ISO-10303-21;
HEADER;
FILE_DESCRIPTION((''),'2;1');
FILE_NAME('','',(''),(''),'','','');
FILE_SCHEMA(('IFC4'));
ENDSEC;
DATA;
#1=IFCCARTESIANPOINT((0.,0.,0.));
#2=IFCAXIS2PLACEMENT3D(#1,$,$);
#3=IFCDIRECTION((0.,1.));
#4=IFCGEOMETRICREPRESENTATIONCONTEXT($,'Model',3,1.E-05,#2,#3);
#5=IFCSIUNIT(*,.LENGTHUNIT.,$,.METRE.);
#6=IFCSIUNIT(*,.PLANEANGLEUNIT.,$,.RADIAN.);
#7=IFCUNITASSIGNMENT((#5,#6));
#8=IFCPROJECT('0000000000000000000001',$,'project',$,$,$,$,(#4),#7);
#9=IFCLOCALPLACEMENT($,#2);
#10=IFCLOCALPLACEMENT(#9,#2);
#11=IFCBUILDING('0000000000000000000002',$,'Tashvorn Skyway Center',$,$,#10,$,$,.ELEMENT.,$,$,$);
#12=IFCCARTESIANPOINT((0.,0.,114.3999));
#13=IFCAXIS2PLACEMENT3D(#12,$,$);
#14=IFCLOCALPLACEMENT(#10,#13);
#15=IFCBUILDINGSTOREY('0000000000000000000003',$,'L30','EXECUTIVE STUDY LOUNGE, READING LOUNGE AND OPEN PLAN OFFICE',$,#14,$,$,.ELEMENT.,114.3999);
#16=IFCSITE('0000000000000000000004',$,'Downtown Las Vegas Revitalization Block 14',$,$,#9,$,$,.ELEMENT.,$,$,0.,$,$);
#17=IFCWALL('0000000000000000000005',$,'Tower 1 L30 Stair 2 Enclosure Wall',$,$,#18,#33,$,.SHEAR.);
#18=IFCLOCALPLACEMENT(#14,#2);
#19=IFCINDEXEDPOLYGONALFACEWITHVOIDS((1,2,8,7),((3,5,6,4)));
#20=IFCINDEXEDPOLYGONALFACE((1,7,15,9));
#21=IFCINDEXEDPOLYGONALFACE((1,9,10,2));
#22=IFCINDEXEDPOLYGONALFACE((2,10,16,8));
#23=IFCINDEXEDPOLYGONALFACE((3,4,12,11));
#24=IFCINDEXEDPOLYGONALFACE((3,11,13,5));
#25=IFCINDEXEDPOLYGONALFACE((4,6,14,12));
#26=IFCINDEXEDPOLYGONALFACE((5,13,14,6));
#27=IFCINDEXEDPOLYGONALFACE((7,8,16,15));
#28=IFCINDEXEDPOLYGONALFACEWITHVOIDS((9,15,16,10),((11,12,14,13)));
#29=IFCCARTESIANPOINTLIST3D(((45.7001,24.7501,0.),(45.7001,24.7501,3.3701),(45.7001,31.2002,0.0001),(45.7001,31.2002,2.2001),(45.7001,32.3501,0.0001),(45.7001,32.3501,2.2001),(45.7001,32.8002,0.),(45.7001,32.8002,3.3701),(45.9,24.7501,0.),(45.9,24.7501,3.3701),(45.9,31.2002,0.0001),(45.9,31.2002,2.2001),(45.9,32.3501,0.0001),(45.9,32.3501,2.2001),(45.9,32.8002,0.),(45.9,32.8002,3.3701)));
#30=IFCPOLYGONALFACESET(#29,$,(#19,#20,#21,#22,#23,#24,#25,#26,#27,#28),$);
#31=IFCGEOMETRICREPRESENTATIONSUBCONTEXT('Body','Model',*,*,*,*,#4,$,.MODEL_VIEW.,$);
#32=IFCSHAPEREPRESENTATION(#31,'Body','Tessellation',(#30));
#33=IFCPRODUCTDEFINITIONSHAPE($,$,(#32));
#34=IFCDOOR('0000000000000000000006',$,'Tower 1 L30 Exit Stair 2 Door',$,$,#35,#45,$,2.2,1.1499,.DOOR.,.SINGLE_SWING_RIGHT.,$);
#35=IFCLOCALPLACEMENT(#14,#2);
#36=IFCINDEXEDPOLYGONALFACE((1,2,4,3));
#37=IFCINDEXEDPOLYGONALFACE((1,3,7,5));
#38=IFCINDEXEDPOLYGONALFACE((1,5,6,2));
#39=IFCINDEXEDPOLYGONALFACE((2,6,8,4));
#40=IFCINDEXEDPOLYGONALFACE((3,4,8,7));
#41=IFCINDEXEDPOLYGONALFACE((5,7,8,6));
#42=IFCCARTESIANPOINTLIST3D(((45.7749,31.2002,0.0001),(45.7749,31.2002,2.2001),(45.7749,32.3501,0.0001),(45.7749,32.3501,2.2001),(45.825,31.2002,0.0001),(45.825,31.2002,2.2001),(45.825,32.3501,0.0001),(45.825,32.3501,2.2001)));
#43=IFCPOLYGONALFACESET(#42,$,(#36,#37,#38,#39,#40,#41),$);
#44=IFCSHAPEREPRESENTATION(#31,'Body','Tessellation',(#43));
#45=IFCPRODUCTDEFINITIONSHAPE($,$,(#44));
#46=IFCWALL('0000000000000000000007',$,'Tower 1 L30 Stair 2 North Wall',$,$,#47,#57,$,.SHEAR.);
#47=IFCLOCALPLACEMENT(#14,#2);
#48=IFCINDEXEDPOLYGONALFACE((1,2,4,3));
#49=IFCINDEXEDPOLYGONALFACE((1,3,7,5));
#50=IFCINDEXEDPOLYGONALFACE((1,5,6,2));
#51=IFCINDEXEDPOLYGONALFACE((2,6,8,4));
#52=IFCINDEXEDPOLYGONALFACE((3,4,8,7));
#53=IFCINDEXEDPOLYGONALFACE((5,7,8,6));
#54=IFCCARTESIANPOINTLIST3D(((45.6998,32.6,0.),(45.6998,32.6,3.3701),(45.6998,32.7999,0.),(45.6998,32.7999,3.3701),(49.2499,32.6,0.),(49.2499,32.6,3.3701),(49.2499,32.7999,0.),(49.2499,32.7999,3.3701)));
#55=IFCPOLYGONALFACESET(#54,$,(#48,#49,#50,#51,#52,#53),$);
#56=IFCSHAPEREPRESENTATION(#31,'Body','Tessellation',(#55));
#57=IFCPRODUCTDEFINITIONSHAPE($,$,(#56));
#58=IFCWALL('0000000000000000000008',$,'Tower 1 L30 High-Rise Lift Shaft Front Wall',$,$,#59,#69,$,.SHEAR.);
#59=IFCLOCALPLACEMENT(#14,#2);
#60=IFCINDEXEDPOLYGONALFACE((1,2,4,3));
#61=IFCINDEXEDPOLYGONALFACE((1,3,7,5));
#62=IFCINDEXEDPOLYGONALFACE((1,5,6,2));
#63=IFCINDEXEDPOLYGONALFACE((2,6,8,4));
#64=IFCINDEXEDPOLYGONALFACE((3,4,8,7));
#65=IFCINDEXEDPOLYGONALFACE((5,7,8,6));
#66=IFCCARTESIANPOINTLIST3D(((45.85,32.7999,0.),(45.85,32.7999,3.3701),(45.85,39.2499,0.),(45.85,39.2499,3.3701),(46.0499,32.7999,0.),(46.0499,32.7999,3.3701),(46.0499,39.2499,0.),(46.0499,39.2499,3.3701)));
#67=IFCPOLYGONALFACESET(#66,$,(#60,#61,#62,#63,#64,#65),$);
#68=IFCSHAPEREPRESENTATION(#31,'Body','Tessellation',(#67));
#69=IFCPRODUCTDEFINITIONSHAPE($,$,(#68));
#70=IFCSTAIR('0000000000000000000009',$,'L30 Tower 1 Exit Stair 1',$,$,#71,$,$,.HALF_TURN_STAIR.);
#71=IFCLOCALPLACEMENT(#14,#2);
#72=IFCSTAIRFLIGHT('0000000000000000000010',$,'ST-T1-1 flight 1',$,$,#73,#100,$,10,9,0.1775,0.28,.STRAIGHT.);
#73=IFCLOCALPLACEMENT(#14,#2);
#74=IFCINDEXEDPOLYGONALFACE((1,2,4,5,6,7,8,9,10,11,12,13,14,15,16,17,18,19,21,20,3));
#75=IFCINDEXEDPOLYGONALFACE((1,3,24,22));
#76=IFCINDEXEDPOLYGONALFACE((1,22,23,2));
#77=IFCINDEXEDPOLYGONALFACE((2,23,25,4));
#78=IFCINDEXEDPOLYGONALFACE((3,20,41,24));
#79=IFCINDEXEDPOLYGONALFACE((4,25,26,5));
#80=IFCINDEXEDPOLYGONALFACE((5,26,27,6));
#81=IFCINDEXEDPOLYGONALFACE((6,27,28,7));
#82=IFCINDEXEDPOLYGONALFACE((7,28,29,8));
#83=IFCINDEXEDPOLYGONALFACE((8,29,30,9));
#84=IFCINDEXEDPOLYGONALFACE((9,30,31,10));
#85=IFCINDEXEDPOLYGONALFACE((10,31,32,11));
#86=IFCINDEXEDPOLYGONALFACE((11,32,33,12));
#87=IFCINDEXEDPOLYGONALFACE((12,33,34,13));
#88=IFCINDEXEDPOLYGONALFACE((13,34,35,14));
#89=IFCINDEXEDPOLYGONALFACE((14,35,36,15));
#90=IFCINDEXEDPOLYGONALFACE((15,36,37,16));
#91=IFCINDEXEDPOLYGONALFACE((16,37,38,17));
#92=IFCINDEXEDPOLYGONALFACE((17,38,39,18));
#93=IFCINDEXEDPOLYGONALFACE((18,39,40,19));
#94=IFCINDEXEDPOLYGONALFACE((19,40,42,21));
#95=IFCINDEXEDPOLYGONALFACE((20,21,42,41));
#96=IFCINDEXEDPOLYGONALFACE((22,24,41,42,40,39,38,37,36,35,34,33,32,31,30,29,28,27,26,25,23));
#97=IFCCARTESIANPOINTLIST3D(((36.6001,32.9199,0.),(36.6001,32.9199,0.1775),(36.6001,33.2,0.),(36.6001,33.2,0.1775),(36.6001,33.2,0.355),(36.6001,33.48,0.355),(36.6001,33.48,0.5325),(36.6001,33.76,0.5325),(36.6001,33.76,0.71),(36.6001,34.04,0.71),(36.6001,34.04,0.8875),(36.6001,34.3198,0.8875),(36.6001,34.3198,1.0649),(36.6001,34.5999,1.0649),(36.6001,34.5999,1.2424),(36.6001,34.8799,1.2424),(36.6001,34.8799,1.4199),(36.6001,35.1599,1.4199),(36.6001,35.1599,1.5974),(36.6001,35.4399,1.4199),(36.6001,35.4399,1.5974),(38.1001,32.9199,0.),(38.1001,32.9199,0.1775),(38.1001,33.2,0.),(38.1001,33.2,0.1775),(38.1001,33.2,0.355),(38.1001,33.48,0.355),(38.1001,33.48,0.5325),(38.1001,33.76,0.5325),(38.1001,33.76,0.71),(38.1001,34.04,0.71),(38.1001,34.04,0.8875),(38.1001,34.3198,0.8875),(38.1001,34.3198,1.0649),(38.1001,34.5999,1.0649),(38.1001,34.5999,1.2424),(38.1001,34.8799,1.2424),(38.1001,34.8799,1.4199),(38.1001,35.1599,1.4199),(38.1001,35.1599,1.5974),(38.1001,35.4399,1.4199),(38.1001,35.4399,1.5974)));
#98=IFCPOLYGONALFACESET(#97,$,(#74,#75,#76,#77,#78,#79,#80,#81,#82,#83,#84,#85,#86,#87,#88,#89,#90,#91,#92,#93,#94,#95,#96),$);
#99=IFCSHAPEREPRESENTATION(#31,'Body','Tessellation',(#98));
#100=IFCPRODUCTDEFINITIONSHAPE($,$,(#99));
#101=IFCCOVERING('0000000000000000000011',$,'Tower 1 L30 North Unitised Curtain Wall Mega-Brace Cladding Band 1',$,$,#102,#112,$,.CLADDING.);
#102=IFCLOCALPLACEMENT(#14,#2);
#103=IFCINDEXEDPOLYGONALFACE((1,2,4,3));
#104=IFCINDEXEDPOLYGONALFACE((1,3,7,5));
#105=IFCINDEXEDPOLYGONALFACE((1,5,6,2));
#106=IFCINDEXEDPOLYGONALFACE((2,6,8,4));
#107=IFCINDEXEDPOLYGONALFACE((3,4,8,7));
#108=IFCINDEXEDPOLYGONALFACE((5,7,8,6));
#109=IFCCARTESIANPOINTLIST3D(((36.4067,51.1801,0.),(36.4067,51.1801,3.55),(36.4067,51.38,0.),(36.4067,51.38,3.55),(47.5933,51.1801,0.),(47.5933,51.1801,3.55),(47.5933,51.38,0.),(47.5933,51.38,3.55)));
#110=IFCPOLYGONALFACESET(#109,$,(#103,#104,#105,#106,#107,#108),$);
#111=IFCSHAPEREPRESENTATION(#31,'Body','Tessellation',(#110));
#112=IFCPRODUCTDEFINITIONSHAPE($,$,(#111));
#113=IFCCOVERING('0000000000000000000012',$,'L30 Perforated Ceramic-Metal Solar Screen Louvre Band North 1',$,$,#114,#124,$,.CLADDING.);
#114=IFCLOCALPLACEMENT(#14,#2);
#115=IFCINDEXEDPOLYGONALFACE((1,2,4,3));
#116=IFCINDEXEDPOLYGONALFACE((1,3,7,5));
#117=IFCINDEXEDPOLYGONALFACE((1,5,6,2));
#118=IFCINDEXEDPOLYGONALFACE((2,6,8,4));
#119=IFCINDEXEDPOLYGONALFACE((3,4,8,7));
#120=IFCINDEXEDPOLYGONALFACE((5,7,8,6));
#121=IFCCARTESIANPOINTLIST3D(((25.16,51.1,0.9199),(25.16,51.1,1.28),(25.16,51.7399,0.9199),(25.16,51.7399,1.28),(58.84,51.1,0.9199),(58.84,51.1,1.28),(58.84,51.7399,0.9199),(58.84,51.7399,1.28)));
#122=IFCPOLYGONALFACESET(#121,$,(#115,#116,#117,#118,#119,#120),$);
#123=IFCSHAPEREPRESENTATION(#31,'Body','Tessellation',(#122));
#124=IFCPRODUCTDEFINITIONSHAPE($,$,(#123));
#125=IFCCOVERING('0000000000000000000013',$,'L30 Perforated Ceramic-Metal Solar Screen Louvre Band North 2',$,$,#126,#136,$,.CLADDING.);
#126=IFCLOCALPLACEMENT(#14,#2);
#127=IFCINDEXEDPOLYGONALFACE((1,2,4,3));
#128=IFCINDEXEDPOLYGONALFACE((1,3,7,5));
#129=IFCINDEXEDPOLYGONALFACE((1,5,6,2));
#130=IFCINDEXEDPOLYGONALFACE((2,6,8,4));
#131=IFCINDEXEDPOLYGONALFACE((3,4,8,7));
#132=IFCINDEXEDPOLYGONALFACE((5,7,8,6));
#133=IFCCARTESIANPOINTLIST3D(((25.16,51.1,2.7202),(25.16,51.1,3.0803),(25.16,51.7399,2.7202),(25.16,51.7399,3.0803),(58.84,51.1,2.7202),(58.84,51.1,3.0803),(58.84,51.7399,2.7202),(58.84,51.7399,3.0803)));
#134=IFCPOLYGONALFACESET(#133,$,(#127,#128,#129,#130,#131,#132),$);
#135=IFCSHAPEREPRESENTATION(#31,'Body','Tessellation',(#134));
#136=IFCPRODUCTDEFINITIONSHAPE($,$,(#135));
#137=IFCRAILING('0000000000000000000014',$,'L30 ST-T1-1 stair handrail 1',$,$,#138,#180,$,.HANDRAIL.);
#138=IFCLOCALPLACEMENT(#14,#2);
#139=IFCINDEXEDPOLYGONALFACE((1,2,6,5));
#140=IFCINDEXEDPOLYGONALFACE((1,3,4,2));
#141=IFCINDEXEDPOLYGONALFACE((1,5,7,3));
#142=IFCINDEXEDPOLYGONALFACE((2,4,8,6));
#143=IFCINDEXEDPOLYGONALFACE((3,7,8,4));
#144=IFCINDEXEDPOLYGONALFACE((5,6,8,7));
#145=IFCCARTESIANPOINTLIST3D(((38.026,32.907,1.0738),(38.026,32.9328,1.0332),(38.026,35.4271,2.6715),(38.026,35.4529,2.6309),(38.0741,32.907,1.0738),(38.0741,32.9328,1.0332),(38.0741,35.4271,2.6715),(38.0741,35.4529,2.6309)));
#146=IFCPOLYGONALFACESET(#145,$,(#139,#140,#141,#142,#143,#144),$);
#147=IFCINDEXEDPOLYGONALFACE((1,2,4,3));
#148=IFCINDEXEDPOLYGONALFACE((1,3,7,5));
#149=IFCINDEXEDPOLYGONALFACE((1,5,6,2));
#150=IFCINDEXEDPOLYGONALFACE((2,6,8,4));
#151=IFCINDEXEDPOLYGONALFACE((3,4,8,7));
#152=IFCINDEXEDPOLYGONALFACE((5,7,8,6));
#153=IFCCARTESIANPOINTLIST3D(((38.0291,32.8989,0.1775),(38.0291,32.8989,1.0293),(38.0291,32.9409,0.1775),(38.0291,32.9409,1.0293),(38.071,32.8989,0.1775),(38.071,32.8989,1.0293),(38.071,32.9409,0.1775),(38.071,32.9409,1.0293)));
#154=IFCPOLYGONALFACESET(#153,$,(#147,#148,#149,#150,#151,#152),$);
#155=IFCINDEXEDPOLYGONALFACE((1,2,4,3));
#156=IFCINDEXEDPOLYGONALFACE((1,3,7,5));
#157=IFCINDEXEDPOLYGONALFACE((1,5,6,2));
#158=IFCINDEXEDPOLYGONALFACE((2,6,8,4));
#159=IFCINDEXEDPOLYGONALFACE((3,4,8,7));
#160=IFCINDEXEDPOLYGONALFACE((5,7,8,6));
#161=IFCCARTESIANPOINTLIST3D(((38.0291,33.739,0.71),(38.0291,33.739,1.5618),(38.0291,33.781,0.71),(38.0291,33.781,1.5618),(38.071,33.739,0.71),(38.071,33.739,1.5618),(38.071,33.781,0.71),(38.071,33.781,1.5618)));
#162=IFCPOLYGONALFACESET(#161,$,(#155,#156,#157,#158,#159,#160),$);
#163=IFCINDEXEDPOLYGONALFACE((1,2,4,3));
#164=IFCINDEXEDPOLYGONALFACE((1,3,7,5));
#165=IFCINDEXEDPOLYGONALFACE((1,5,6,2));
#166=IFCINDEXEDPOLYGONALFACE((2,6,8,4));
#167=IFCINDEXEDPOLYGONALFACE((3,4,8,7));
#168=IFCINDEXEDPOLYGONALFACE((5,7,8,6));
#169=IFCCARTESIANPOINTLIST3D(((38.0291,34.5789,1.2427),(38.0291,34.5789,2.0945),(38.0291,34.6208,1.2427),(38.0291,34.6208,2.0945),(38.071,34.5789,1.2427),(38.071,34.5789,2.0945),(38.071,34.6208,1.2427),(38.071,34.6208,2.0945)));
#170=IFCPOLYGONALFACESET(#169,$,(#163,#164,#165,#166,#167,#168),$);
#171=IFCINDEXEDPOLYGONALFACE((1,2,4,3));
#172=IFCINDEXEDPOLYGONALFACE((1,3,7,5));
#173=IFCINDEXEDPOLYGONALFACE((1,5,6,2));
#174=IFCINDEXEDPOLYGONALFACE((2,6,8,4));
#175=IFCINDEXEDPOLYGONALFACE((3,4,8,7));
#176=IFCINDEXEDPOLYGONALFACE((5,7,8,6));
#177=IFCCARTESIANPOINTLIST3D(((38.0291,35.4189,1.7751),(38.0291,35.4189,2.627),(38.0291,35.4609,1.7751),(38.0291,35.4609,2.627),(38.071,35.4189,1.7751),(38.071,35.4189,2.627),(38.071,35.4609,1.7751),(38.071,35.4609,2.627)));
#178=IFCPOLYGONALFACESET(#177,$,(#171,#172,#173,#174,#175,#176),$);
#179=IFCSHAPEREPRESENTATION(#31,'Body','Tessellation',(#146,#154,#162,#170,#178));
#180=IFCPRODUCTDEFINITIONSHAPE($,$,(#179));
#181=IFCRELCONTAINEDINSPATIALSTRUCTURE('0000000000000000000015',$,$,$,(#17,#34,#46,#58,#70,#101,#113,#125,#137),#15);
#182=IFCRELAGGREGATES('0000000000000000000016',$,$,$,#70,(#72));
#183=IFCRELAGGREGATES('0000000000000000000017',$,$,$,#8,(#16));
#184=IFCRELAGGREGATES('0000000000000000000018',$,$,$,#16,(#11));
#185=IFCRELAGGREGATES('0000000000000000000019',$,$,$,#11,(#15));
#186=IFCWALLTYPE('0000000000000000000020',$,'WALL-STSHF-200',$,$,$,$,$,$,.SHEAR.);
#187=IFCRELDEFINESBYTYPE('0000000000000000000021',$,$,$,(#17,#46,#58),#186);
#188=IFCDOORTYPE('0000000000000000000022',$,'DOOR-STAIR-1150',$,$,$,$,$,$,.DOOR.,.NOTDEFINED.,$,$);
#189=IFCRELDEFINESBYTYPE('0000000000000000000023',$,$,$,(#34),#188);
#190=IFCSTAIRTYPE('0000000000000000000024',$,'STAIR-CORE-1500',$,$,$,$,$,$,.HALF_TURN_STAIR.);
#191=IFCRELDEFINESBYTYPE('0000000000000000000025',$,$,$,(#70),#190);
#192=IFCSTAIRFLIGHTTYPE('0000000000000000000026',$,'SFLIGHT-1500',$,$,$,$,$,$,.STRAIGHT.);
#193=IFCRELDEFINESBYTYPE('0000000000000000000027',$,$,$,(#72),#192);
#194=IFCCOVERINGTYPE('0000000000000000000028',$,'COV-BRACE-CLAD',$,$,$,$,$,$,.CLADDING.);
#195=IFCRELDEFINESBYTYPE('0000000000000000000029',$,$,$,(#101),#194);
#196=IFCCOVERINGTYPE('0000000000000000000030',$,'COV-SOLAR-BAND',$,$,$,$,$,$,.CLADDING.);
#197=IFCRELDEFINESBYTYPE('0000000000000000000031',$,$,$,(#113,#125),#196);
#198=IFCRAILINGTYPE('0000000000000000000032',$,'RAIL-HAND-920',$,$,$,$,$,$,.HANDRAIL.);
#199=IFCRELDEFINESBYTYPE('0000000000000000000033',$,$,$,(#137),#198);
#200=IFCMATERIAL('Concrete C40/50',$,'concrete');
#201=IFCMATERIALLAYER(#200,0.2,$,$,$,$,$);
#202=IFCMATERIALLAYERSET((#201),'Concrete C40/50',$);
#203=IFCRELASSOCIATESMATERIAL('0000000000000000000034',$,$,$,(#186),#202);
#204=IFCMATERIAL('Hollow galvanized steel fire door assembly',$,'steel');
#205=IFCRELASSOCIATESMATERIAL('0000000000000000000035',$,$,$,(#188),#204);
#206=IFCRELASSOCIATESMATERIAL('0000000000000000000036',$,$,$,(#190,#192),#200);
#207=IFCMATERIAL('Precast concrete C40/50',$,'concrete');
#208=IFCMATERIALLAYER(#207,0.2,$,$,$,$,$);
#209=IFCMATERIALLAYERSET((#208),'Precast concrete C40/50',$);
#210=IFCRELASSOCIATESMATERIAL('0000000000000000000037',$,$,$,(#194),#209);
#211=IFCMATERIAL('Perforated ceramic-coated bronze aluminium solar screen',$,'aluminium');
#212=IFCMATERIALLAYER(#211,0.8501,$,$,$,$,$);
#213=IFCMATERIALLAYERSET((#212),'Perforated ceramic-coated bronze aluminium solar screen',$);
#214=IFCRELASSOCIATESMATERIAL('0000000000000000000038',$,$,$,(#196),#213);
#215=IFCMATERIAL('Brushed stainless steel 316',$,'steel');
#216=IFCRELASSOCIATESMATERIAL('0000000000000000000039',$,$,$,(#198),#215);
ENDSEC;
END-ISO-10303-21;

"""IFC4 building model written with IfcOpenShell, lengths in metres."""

from ifc_helpers import new_model, si_unit, direction, frame, frame_2d, origin, origin_2d, place, context, subcontext, project, spatial, polyline, rectangle, outline, extrude, material, layer, layer_set, type_object, element, fill, aggregate, save


model = new_model("IFC4")

# Units and contexts
model_context = context("Model", 3, precision=1e-05, world=origin(), true_north=direction((0.0, 1.0)))
body_context = subcontext(model_context, "Body", "Model", "MODEL_VIEW")
ifc_project = project(units=[si_unit("LENGTHUNIT", "METRE"), si_unit("PLANEANGLEUNIT", "RADIAN")], contexts=[model_context])

# Site, building, storey
site_placement = place(None, origin())
site = spatial("IfcSite", under=ifc_project, at=site_placement, Name="Downtown Las Vegas Revitalization Block 14", CompositionType="ELEMENT", RefElevation=0.0)
building_placement = place(site_placement, origin())
building = spatial("IfcBuilding", under=site, at=building_placement, Name="Tashvorn Skyway Center", CompositionType="ELEMENT")
storey_placement = place(building_placement, frame((0.0, 0.0, 114.3999)))
storey = spatial("IfcBuildingStorey", under=building, at=storey_placement, Name="L30", Description="EXECUTIVE STUDY LOUNGE, READING LOUNGE AND OPEN PLAN OFFICE", CompositionType="ELEMENT", Elevation=114.3999)

# Shared definitions
ifc_material_1 = material(Name="Concrete C40/50", Category="concrete")
ifc_material_2 = material(Name="Hollow galvanized steel fire door assembly", Category="steel")

# Wall, opening, door
ifc_layer_1 = layer(ifc_material_1, 0.2)
ifc_layer_set_1 = layer_set([ifc_layer_1], Name="Concrete C40/50")
wall_type_1 = type_object("IfcWallType", Name="WALL-STSHF-200", PredefinedType="SHEAR", material=ifc_layer_set_1)
wall_1_placement = place(storey_placement, frame((45.8, 32.8, 0.0), z_axis=(0.0, 0.0, 1.0), x_axis=(0.0, -1.0, 0.0)))
wall_1 = element("IfcWall", 1, at=wall_1_placement, inside=storey, type_object=wall_type_1, Name="Tower 1 L30 Stair 2 Enclosure Wall", PredefinedType="SHEAR", context=body_context, shape_type="SweptSolid", body=[
    extrude(rectangle(XDim=8.05, YDim=0.2, at=frame_2d((4.0249, 0.0))), origin(), (0.0, 0.0, 1.0), 3.3701),
])
opening_1_placement = place(wall_1_placement, frame((0.45, 0.0, 0.0)))
opening_1 = element("IfcOpeningElement", 2, at=opening_1_placement, cuts=wall_1, PredefinedType="OPENING", context=body_context, shape_type="SweptSolid", body=[
    extrude(rectangle(XDim=1.1499, YDim=2.2, at=frame_2d((0.575, 1.1001))), frame((0.0, 0.1099, 0.0), z_axis=(0.0, -1.0, 0.0), x_axis=(1.0, 0.0, 0.0)), (0.0, 0.0, 1.0), 0.22),
])
door_type_1 = type_object("IfcDoorType", Name="DOOR-STAIR-1150", OperationType="NOTDEFINED", PredefinedType="DOOR", material=ifc_material_2)
door_1_placement = place(opening_1_placement, origin())
door_1 = element("IfcDoor", 3, at=door_1_placement, inside=storey, type_object=door_type_1, Name="Tower 1 L30 Exit Stair 2 Door", OperationType="SINGLE_SWING_RIGHT", OverallHeight=2.2, OverallWidth=1.1499, PredefinedType="DOOR", context=body_context, shape_type="SweptSolid", body=[
    extrude(rectangle(XDim=1.1499, YDim=2.2, at=frame_2d((0.575, 1.1001))), frame((0.0, 0.0249, 0.0), z_axis=(0.0, -1.0, 0.0), x_axis=(1.0, 0.0, 0.0)), (0.0, 0.0, 1.0), 0.05),
])
fill(opening_1, door_1)

# Walls
wall_2_placement = place(storey_placement, frame((45.7, 32.7, 0.0), z_axis=(0.0, 0.0, 1.0), x_axis=(1.0, 0.0, 0.0)))
element("IfcWall", 4, at=wall_2_placement, inside=storey, type_object=wall_type_1, Name="Tower 1 L30 Stair 2 North Wall", PredefinedType="SHEAR", context=body_context, shape_type="SweptSolid", body=[
    extrude(rectangle(XDim=3.55, YDim=0.2, at=frame_2d((1.7749, 0.0))), origin(), (0.0, 0.0, 1.0), 3.3701),
])
wall_3_placement = place(storey_placement, frame((45.95, 39.25, 0.0), z_axis=(0.0, 0.0, 1.0), x_axis=(0.0, -1.0, 0.0)))
element("IfcWall", 5, at=wall_3_placement, inside=storey, type_object=wall_type_1, Name="Tower 1 L30 High-Rise Lift Shaft Front Wall", PredefinedType="SHEAR", context=body_context, shape_type="SweptSolid", body=[
    extrude(rectangle(XDim=6.45, YDim=0.2, at=frame_2d((3.2251, 0.0))), origin(), (0.0, 0.0, 1.0), 3.3701),
])

# Stair, stair flight
stair_type = type_object("IfcStairType", Name="STAIR-CORE-1500", PredefinedType="HALF_TURN_STAIR", material=ifc_material_1)
stair_placement = place(storey_placement, origin())
stair = element("IfcStair", 6, at=stair_placement, inside=storey, type_object=stair_type, Name="L30 Tower 1 Exit Stair 1", PredefinedType="HALF_TURN_STAIR")
stair_flight_type = type_object("IfcStairFlightType", Name="SFLIGHT-1500", PredefinedType="STRAIGHT", material=ifc_material_1)
stair_flight_placement = place(storey_placement, frame((37.3501, 32.9199, 0.0), z_axis=(0.0, 0.0, 1.0), x_axis=(0.0, 1.0, 0.0)))
stair_flight = element("IfcStairFlight", 7, at=stair_flight_placement, type_object=stair_flight_type, Name="ST-T1-1 flight 1", NumberOfRisers=10, NumberOfTreads=9, PredefinedType="STRAIGHT", RiserHeight=0.1775, TreadLength=0.28, context=body_context, shape_type="SweptSolid", body=[
    extrude(outline(polyline([(0.0, 0.0), (0.0, 0.1775), (0.28, 0.1775), (0.28, 0.355), (0.5601, 0.355), (0.5601, 0.5325), (0.8401, 0.5325), (0.8401, 0.71), (1.1201, 0.71), (1.1201, 0.8875), (1.3999, 0.8875), (1.3999, 1.0649), (1.6799, 1.0649), (1.6799, 1.2424), (1.96, 1.2424), (1.96, 1.4199), (2.24, 1.4199), (2.24, 1.5974), (2.52, 1.5974), (2.52, 1.7749), (2.52, 1.4199), (0.28, 0.0), (0.0, 0.0)])), frame((0.0, 0.75, 0.0), z_axis=(0.0, -1.0, 0.0), x_axis=(1.0, 0.0, 0.0)), (0.0, 0.0, 1.0), 1.5),
])
aggregate(stair, [stair_flight])

# Coverings
ifc_material_3 = material(Name="Precast concrete C40/50", Category="concrete")
ifc_layer_2 = layer(ifc_material_3, 0.2)
ifc_layer_set_2 = layer_set([ifc_layer_2], Name="Precast concrete C40/50")
covering_type_1 = type_object("IfcCoveringType", Name="COV-BRACE-CLAD", PredefinedType="CLADDING", material=ifc_layer_set_2)
covering_placement = place(storey_placement, frame((42.0, 51.28, 0.0), z_axis=(0.0, 0.0, 1.0), x_axis=(1.0, 0.0, 0.0)))
element("IfcCovering", 8, at=covering_placement, inside=storey, type_object=covering_type_1, Name="Tower 1 L30 North Unitised Curtain Wall Mega-Brace Cladding Band 1", PredefinedType="CLADDING", context=body_context, shape_type="SweptSolid", body=[
    extrude(rectangle(XDim=11.1865, YDim=0.2, at=origin_2d()), origin(), (0.0, 0.0, 1.0), 3.55),
])
ifc_material_4 = material(Name="Perforated ceramic-coated bronze aluminium solar screen", Category="aluminium")
ifc_layer_3 = layer(ifc_material_4, 0.8501)
ifc_layer_set_3 = layer_set([ifc_layer_3], Name="Perforated ceramic-coated bronze aluminium solar screen")
covering_type_2 = type_object("IfcCoveringType", Name="COV-SOLAR-BAND", PredefinedType="CLADDING", material=ifc_layer_set_3)
for number, where, z_axis, x_axis, name in (
    (9, (42.0, 51.4199, 0.9199), (0.0, 0.0, 1.0), (1.0, 0.0, 0.0), "L30 Perforated Ceramic-Metal Solar Screen Louvre Band North 1"),
    (10, (42.0, 51.4199, 2.7202), (0.0, 0.0, 1.0), (1.0, 0.0, 0.0), "L30 Perforated Ceramic-Metal Solar Screen Louvre Band North 2"),
):
    element("IfcCovering", number, at=place(storey_placement, frame(where, z_axis=z_axis, x_axis=x_axis)), inside=storey, type_object=covering_type_2, Name=name, PredefinedType="CLADDING", context=body_context, shape_type="SweptSolid", body=[
        extrude(rectangle(XDim=33.6799, YDim=0.6399, at=origin_2d()), origin(), (0.0, 0.0, 1.0), 0.3601),
    ])

# Railing
ifc_material_5 = material(Name="Brushed stainless steel 316", Category="steel")
railing_type_1 = type_object("IfcRailingType", Name="RAIL-HAND-920", PredefinedType="HANDRAIL", material=ifc_material_5)
railing_1_placement = place(storey_placement, frame((38.05, 32.9199, 0.1775)))
element("IfcRailing", 11, at=railing_1_placement, inside=storey, type_object=railing_type_1, Name="L30 ST-T1-1 stair handrail 1", PredefinedType="HANDRAIL", context=body_context, shape_type="SweptSolid", body=[
    extrude(rectangle(XDim=0.0481, YDim=0.0481, at=origin_2d()), frame((0.0, 0.0, 0.876), z_axis=(0.0, 0.84457, 0.535445), x_axis=(-1.0, 0.0, 0.0)), (0.0, 0.0, 1.0), 2.9839),
    extrude(rectangle(XDim=0.042, YDim=0.042, at=origin_2d()), origin(), (0.0, 0.0, 1.0), 0.8518),
    extrude(rectangle(XDim=0.042, YDim=0.042, at=origin_2d()), frame((0.0, 0.8401, 0.5325)), (0.0, 0.0, 1.0), 0.8518),
    extrude(rectangle(XDim=0.042, YDim=0.042, at=origin_2d()), frame((0.0, 1.6799, 1.0652)), (0.0, 0.0, 1.0), 0.8518),
    extrude(rectangle(XDim=0.042, YDim=0.042, at=origin_2d()), frame((0.0, 2.52, 1.5977)), (0.0, 0.0, 1.0), 0.8518),
])

save(model, "model.ifc")
